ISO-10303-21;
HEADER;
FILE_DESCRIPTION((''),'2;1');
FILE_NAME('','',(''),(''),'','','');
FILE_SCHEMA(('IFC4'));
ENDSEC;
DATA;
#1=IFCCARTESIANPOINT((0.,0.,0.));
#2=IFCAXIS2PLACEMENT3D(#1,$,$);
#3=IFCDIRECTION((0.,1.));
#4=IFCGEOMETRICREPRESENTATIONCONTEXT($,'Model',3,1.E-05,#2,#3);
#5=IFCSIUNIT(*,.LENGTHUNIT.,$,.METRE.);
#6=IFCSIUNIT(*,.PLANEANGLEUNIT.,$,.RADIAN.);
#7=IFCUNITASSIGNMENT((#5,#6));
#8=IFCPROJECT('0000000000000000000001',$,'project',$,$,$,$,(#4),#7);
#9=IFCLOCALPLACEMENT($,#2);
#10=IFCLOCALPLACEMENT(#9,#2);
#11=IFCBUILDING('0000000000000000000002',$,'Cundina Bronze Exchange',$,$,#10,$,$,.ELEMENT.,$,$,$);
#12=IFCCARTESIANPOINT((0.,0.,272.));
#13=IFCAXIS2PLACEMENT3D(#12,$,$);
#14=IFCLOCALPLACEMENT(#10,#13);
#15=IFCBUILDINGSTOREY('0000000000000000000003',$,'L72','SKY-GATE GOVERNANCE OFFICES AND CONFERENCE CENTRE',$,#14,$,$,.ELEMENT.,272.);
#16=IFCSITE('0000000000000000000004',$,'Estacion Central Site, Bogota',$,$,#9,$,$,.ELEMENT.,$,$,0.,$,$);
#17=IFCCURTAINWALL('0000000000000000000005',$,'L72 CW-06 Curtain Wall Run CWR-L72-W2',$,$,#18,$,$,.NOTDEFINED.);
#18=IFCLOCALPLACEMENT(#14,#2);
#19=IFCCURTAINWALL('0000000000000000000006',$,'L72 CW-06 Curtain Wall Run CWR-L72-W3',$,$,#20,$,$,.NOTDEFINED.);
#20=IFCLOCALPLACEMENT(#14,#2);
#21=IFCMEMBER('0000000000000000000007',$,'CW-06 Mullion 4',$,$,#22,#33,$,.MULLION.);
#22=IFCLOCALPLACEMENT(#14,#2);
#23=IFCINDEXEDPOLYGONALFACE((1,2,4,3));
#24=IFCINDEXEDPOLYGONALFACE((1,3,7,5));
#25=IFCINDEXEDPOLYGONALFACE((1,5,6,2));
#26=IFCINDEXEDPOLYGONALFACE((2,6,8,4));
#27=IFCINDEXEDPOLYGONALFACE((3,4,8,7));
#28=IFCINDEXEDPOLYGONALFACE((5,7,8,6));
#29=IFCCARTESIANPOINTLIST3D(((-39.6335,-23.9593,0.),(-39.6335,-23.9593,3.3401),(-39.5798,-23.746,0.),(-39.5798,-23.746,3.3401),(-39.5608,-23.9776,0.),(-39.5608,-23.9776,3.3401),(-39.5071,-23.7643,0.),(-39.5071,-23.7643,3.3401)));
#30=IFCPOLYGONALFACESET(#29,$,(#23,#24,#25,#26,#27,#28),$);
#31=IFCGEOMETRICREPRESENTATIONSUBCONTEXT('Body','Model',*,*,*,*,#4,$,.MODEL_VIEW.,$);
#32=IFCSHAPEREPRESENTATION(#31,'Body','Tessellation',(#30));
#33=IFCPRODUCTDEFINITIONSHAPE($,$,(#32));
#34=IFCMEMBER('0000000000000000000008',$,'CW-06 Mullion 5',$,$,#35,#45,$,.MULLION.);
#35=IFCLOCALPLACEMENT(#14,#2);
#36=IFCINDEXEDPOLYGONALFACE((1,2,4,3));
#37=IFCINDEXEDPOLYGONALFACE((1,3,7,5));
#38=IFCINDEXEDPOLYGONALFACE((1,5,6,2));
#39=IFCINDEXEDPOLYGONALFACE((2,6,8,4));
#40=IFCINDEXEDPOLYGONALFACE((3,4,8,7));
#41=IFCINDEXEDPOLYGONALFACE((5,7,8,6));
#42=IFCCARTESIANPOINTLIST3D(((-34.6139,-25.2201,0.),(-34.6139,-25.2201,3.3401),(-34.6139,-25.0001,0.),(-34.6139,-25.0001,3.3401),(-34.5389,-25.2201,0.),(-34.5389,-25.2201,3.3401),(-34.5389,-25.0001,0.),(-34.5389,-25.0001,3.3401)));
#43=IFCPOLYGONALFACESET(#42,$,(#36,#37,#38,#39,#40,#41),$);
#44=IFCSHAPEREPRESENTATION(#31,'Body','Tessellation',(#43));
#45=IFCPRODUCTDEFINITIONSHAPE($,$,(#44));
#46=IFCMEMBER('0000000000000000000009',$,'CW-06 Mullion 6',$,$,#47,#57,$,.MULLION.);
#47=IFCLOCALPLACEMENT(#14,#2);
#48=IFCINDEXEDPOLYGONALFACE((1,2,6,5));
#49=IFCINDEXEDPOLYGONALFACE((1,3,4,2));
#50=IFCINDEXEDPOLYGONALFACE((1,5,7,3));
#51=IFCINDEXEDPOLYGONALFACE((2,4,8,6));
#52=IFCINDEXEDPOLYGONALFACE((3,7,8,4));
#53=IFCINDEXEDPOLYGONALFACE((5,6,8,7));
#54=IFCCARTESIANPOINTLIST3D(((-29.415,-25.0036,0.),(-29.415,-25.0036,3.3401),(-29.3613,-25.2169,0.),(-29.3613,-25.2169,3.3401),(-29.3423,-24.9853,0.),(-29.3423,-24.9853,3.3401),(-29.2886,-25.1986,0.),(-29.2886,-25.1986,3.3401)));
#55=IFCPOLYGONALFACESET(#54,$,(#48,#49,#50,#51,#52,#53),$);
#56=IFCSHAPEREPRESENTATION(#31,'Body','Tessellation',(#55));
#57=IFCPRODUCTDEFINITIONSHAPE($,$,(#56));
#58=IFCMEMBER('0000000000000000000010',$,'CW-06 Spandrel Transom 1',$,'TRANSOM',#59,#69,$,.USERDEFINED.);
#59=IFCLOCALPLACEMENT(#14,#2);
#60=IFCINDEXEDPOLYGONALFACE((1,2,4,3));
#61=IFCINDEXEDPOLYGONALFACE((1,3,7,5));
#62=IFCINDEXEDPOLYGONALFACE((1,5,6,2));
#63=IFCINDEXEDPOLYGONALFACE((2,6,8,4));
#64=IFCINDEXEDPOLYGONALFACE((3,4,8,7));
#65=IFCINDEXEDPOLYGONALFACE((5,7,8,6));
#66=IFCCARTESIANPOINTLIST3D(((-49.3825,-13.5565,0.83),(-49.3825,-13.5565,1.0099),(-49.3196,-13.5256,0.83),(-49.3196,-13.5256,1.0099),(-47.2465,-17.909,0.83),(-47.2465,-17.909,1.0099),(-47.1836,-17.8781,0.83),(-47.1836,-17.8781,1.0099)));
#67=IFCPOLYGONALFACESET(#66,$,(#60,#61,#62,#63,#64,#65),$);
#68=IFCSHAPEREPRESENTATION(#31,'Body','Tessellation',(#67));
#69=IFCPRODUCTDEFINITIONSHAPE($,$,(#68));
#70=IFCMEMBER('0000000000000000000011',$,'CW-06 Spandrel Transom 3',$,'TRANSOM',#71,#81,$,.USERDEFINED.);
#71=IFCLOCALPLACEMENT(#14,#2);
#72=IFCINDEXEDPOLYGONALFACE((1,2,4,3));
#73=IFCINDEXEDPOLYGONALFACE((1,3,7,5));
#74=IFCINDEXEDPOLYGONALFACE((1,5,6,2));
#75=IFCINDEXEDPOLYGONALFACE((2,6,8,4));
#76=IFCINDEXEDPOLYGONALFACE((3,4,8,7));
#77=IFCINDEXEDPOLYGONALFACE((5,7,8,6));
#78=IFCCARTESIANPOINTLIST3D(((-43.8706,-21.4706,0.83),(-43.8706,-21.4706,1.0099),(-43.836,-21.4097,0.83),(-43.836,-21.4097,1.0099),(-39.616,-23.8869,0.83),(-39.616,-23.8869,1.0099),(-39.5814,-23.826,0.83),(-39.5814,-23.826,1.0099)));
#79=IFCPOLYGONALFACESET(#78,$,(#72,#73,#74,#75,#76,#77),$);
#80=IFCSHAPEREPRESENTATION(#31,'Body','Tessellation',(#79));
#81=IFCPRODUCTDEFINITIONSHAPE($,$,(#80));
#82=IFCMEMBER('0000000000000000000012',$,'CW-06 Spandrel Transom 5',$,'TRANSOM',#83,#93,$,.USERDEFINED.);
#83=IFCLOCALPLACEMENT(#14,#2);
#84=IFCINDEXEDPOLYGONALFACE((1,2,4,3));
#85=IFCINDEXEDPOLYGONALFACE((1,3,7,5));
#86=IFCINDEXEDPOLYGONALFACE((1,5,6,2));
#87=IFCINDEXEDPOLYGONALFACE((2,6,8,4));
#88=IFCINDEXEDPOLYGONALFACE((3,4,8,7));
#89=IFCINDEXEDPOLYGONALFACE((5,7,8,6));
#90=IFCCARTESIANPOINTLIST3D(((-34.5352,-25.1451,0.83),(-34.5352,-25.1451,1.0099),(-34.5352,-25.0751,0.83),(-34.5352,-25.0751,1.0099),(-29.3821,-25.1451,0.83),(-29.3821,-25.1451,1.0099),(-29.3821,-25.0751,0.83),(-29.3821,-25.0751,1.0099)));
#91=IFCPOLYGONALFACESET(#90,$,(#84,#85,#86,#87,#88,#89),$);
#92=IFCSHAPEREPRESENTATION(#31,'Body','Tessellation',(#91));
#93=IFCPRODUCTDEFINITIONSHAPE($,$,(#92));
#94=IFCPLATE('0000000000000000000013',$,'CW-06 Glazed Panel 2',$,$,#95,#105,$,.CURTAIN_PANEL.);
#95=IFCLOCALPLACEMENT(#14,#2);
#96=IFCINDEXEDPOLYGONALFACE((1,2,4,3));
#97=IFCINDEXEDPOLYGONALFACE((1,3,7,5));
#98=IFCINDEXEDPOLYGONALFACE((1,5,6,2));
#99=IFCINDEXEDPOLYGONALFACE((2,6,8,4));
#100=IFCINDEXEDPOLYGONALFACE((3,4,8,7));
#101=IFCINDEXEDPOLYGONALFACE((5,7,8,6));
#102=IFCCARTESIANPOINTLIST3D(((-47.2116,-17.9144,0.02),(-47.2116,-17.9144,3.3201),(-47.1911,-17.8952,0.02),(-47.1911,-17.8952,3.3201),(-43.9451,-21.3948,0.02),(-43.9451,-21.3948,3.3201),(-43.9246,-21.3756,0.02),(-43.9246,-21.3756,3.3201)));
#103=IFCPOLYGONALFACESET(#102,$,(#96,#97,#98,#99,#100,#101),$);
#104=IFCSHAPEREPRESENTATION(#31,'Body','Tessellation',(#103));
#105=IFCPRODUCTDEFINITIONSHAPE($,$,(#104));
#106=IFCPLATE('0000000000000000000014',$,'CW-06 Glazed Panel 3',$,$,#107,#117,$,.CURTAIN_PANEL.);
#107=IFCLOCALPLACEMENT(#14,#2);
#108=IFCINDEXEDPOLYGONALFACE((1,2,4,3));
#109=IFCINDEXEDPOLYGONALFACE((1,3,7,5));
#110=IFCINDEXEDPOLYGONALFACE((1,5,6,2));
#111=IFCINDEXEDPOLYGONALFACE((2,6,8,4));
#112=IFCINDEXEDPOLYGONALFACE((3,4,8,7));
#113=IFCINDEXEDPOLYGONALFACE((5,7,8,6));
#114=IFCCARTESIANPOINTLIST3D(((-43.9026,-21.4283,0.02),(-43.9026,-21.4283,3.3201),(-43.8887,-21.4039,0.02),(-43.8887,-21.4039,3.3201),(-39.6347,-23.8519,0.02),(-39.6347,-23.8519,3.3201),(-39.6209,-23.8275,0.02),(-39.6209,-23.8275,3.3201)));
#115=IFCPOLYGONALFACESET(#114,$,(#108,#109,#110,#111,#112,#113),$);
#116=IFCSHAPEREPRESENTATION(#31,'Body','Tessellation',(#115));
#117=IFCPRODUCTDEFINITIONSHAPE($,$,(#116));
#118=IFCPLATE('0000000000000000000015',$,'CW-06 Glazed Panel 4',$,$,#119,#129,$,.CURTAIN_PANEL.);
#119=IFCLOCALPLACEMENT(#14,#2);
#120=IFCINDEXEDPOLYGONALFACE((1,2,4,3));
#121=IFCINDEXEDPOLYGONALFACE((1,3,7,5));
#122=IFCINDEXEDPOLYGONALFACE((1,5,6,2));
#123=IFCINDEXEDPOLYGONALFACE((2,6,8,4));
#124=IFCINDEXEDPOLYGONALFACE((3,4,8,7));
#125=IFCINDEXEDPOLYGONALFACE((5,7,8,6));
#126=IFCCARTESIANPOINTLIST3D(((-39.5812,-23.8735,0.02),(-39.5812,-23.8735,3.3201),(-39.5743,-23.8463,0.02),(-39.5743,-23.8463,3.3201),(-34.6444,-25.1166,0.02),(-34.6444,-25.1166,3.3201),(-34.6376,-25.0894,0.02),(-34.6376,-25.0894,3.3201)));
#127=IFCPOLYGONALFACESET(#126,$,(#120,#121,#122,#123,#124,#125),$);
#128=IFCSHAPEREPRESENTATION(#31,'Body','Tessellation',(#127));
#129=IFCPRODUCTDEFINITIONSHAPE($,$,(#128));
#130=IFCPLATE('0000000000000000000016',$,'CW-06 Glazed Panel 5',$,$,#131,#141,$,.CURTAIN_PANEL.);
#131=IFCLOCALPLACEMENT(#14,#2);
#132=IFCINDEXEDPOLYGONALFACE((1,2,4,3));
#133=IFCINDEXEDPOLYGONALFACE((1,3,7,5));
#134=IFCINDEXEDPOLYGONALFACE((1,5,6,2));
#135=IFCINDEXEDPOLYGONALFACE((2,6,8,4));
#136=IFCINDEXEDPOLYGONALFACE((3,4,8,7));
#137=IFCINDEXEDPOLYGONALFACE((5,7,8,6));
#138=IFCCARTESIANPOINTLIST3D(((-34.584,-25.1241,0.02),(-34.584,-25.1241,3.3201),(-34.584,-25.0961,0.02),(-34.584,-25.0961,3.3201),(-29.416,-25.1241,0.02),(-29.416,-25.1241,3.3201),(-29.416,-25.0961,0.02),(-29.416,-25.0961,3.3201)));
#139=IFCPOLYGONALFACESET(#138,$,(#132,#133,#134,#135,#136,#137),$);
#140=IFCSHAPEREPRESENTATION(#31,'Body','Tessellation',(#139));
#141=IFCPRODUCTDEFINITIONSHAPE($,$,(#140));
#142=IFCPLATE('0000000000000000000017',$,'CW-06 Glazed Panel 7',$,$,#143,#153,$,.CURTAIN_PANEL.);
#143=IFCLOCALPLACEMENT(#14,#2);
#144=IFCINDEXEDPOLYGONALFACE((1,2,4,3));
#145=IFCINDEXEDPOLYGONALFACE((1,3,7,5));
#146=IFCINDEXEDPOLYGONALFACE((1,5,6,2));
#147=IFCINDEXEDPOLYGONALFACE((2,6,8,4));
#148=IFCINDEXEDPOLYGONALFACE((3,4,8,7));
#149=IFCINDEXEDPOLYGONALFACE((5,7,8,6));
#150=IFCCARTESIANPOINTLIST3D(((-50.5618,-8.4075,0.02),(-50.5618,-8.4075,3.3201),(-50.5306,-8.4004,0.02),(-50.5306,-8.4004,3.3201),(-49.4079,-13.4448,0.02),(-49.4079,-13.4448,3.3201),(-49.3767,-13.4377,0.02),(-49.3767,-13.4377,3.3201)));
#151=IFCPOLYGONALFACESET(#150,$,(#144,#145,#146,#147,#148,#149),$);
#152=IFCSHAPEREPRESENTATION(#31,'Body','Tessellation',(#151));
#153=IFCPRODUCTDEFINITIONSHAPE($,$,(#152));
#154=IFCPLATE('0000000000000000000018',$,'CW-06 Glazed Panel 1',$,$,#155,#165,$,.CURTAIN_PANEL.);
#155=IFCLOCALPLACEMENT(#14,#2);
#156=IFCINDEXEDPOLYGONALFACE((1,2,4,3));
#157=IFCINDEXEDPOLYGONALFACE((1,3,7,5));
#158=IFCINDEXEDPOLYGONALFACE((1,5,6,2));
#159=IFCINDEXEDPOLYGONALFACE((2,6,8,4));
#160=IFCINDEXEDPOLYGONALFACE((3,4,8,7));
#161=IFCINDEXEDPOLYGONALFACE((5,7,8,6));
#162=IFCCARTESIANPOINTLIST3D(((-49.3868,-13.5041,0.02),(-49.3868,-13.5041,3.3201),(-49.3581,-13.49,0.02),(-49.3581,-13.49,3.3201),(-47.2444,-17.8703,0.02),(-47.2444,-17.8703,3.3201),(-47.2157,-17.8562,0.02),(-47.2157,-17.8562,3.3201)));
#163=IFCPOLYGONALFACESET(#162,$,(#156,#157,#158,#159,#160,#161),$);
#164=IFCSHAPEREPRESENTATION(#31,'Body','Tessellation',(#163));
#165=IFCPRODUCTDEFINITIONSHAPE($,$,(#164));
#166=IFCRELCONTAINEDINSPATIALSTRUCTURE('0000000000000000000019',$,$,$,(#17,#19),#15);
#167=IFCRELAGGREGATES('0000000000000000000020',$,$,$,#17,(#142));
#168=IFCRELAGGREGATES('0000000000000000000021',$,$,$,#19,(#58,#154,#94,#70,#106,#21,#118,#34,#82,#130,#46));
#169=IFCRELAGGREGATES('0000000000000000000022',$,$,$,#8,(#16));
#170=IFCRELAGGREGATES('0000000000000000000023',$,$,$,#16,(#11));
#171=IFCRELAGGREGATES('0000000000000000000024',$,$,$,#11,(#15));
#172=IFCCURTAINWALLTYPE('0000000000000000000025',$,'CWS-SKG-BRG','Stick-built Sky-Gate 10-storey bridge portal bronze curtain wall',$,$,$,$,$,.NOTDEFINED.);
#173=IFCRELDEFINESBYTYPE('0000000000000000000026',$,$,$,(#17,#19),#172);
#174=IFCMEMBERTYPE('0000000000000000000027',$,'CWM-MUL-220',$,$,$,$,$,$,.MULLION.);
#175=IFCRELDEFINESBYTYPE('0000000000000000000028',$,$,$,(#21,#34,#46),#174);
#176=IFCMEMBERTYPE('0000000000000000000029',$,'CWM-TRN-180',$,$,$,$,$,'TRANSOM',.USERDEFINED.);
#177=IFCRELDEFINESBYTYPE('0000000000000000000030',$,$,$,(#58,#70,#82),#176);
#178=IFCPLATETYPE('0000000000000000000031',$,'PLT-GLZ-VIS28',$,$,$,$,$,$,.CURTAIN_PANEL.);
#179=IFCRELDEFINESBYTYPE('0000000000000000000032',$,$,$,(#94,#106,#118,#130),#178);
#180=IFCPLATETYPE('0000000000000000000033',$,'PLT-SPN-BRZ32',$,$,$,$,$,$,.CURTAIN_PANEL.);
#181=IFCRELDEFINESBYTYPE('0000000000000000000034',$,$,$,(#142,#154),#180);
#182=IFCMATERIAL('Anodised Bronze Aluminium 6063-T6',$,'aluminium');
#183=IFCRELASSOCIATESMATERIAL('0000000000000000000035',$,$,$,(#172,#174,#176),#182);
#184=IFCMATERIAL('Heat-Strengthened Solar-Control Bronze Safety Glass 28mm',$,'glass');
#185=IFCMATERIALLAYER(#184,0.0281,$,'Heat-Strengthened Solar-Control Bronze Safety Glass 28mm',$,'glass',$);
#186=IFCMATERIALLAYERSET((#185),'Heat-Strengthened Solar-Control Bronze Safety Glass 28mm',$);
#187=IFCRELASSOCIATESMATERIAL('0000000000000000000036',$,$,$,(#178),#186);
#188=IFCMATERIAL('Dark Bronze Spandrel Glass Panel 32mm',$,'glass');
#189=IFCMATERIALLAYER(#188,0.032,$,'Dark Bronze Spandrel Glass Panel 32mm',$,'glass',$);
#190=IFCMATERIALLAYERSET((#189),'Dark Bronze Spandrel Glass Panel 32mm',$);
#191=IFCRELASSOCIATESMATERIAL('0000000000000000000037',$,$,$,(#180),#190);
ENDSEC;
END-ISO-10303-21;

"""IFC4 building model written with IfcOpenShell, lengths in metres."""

from ifc_helpers import new_model, si_unit, direction, frame, origin, origin_2d, place, context, subcontext, project, spatial, rectangle, extrude, material, layer, layer_set, material_profile, profile_set, type_object, element, aggregate, save


model = new_model("IFC4")

# Units and contexts
model_context = context("Model", 3, precision=1e-05, world=origin(), true_north=direction((0.0, 1.0)))
body_context = subcontext(model_context, "Body", "Model", "MODEL_VIEW")
ifc_project = project(units=[si_unit("LENGTHUNIT", "METRE"), si_unit("PLANEANGLEUNIT", "RADIAN")], contexts=[model_context])

# Site, building, storey
site_placement = place(None, origin())
site = spatial("IfcSite", under=ifc_project, at=site_placement, Name="Estacion Central Site, Bogota", CompositionType="ELEMENT", RefElevation=0.0)
building_placement = place(site_placement, origin())
building = spatial("IfcBuilding", under=site, at=building_placement, Name="Cundina Bronze Exchange", CompositionType="ELEMENT")
storey_placement = place(building_placement, frame((0.0, 0.0, 272.0)))
storey = spatial("IfcBuildingStorey", under=building, at=storey_placement, Name="L72", Description="SKY-GATE GOVERNANCE OFFICES AND CONFERENCE CENTRE", CompositionType="ELEMENT", Elevation=272.0)

# Curtain wall
ifc_material_1 = material(Name="Anodised Bronze Aluminium 6063-T6", Category="aluminium")
curtain_wall_type = type_object("IfcCurtainWallType", Name="CWS-SKG-BRG", Description="Stick-built Sky-Gate 10-storey bridge portal bronze curtain wall", PredefinedType="NOTDEFINED", material=ifc_material_1)
curtain_wall_1_placement = place(storey_placement, origin())
curtain_wall_1 = element("IfcCurtainWall", 1, at=curtain_wall_1_placement, inside=storey, type_object=curtain_wall_type, Name="L72 CW-06 Curtain Wall Run CWR-L72-W2", PredefinedType="NOTDEFINED")
ifc_material_profile_1 = material_profile(ifc_material_1, rectangle(XDim=0.075, YDim=0.22, at=origin_2d()), Name="AL75X220", Category="aluminium")
ifc_profile_set_1 = profile_set([ifc_material_profile_1], Name="Anodised Bronze Aluminium 6063-T6")
member_type_1 = type_object("IfcMemberType", Name="CWM-MUL-220", PredefinedType="MULLION", material=ifc_profile_set_1)

# Curtain wall, members, plates
curtain_wall_2_placement = place(storey_placement, origin())
curtain_wall_2 = element("IfcCurtainWall", 2, at=curtain_wall_2_placement, inside=storey, type_object=curtain_wall_type, Name="L72 CW-06 Curtain Wall Run CWR-L72-W3", PredefinedType="NOTDEFINED")
member_1_placement = place(storey_placement, frame((-39.5703, -23.8618, 0.0), z_axis=(0.0, 0.0, 1.0), x_axis=(0.969744, -0.244123, 0.0)))
member_1 = element("IfcMember", 3, at=member_1_placement, type_object=member_type_1, Name="CW-06 Mullion 4", PredefinedType="MULLION", context=body_context, shape_type="SweptSolid", body=[
    extrude(rectangle(XDim=0.075, YDim=0.22, at=origin_2d()), origin(), (0.0, 0.0, 1.0), 3.3401),
])
member_2_placement = place(storey_placement, frame((-34.5764, -25.1101, 0.0), z_axis=(0.0, 0.0, 1.0), x_axis=(1.0, 0.0, 0.0)))
member_2 = element("IfcMember", 4, at=member_2_placement, type_object=member_type_1, Name="CW-06 Mullion 5", PredefinedType="MULLION", context=body_context, shape_type="SweptSolid", body=[
    extrude(rectangle(XDim=0.075, YDim=0.22, at=origin_2d()), origin(), (0.0, 0.0, 1.0), 3.3401),
])
member_3_placement = place(storey_placement, frame((-29.3518, -25.1011, 0.0), z_axis=(0.0, 0.0, 1.0), x_axis=(0.969744, 0.244123, 0.0)))
member_3 = element("IfcMember", 5, at=member_3_placement, type_object=member_type_1, Name="CW-06 Mullion 6", PredefinedType="MULLION", context=body_context, shape_type="SweptSolid", body=[
    extrude(rectangle(XDim=0.075, YDim=0.22, at=origin_2d()), origin(), (0.0, 0.0, 1.0), 3.3401),
])
ifc_material_profile_2 = material_profile(ifc_material_1, rectangle(XDim=0.0701, YDim=0.1799, at=origin_2d()), Name="AL70X180", Category="aluminium")
ifc_profile_set_2 = profile_set([ifc_material_profile_2], Name="Anodised Bronze Aluminium 6063-T6")
member_type_2 = type_object("IfcMemberType", Name="CWM-TRN-180", ElementType="TRANSOM", PredefinedType="USERDEFINED", material=ifc_profile_set_2)
member_4_placement = place(storey_placement, frame((-49.3511, -13.541, 0.9199), z_axis=(0.440554, -0.897726, 0.0), x_axis=(0.897726, 0.440554, 0.0)))
member_4 = element("IfcMember", 6, at=member_4_placement, type_object=member_type_2, Name="CW-06 Spandrel Transom 1", ObjectType="TRANSOM", PredefinedType="USERDEFINED", context=body_context, shape_type="SweptSolid", body=[
    extrude(rectangle(XDim=0.0701, YDim=0.1799, at=origin_2d()), origin(), (0.0, 0.0, 1.0), 4.8484),
])
member_5_placement = place(storey_placement, frame((-43.8533, -21.4402, 0.9199), z_axis=(0.869557, -0.493832, 0.0), x_axis=(0.493832, 0.869557, 0.0)))
member_5 = element("IfcMember", 7, at=member_5_placement, type_object=member_type_2, Name="CW-06 Spandrel Transom 3", ObjectType="TRANSOM", PredefinedType="USERDEFINED", context=body_context, shape_type="SweptSolid", body=[
    extrude(rectangle(XDim=0.0701, YDim=0.1799, at=origin_2d()), origin(), (0.0, 0.0, 1.0), 4.8928),
])
member_6_placement = place(storey_placement, frame((-34.5352, -25.1101, 0.9199), z_axis=(1.0, 0.0, 0.0), x_axis=(0.0, 1.0, 0.0)))
member_6 = element("IfcMember", 8, at=member_6_placement, type_object=member_type_2, Name="CW-06 Spandrel Transom 5", ObjectType="TRANSOM", PredefinedType="USERDEFINED", context=body_context, shape_type="SweptSolid", body=[
    extrude(rectangle(XDim=0.0701, YDim=0.1799, at=origin_2d()), origin(), (0.0, 0.0, 1.0), 5.1531),
])
ifc_material_2 = material(Name="Heat-Strengthened Solar-Control Bronze Safety Glass 28mm", Category="glass")
ifc_layer_1 = layer(ifc_material_2, 0.0281, Name="Heat-Strengthened Solar-Control Bronze Safety Glass 28mm", Category="glass")
ifc_layer_set_1 = layer_set([ifc_layer_1], Name="Heat-Strengthened Solar-Control Bronze Safety Glass 28mm")
plate_type_1 = type_object("IfcPlateType", Name="PLT-GLZ-VIS28", PredefinedType="CURTAIN_PANEL", material=ifc_layer_set_1)
plate_1_placement = place(storey_placement, frame((-45.5681, -19.645, 0.02), z_axis=(0.0, 0.0, 1.0), x_axis=(0.684344, -0.72916, 0.0)))
plate_1 = element("IfcPlate", 9, at=plate_1_placement, type_object=plate_type_1, Name="CW-06 Glazed Panel 2", PredefinedType="CURTAIN_PANEL", context=body_context, shape_type="SweptSolid", body=[
    extrude(rectangle(XDim=4.7732, YDim=0.0281, at=origin_2d()), origin(), (0.0, 0.0, 1.0), 3.3),
])
plate_2_placement = place(storey_placement, frame((-41.7617, -22.6279, 0.02), z_axis=(0.0, 0.0, 1.0), x_axis=(0.869573, -0.493805, 0.0)))
plate_2 = element("IfcPlate", 10, at=plate_2_placement, type_object=plate_type_1, Name="CW-06 Glazed Panel 3", PredefinedType="CURTAIN_PANEL", context=body_context, shape_type="SweptSolid", body=[
    extrude(rectangle(XDim=4.908, YDim=0.0281, at=origin_2d()), origin(), (0.0, 0.0, 1.0), 3.3),
])
plate_3_placement = place(storey_placement, frame((-37.1094, -24.4814, 0.02), z_axis=(0.0, 0.0, 1.0), x_axis=(0.969732, -0.244174, 0.0)))
plate_3 = element("IfcPlate", 11, at=plate_3_placement, type_object=plate_type_1, Name="CW-06 Glazed Panel 4", PredefinedType="CURTAIN_PANEL", context=body_context, shape_type="SweptSolid", body=[
    extrude(rectangle(XDim=5.0908, YDim=0.0281, at=origin_2d()), origin(), (0.0, 0.0, 1.0), 3.3),
])
plate_4_placement = place(storey_placement, frame((-32.0, -25.1101, 0.02), z_axis=(0.0, 0.0, 1.0), x_axis=(1.0, 0.0, 0.0)))
plate_4 = element("IfcPlate", 12, at=plate_4_placement, type_object=plate_type_1, Name="CW-06 Glazed Panel 5", PredefinedType="CURTAIN_PANEL", context=body_context, shape_type="SweptSolid", body=[
    extrude(rectangle(XDim=5.168, YDim=0.0281, at=origin_2d()), origin(), (0.0, 0.0, 1.0), 3.3),
])

# Plates
ifc_material_3 = material(Name="Dark Bronze Spandrel Glass Panel 32mm", Category="glass")
ifc_layer_2 = layer(ifc_material_3, 0.032, Name="Dark Bronze Spandrel Glass Panel 32mm", Category="glass")
ifc_layer_set_2 = layer_set([ifc_layer_2], Name="Dark Bronze Spandrel Glass Panel 32mm")
plate_type_2 = type_object("IfcPlateType", Name="PLT-SPN-BRZ32", PredefinedType="CURTAIN_PANEL", material=ifc_layer_set_2)
plate_5_placement = place(storey_placement, frame((-49.9692, -10.9226, 0.02), z_axis=(0.0, 0.0, 1.0), x_axis=(0.223284, -0.974753, 0.0)))
plate_5 = element("IfcPlate", 13, at=plate_5_placement, type_object=plate_type_2, Name="CW-06 Glazed Panel 7", PredefinedType="CURTAIN_PANEL", context=body_context, shape_type="SweptSolid", body=[
    extrude(rectangle(XDim=5.1677, YDim=0.032, at=origin_2d()), origin(), (0.0, 0.0, 1.0), 3.3),
])
aggregate(curtain_wall_1, [plate_5])
plate_6_placement = place(storey_placement, frame((-48.3013, -15.6802, 0.02), z_axis=(0.0, 0.0, 1.0), x_axis=(0.440503, -0.897751, 0.0)))
plate_6 = element("IfcPlate", 14, at=plate_6_placement, type_object=plate_type_2, Name="CW-06 Glazed Panel 1", PredefinedType="CURTAIN_PANEL", context=body_context, shape_type="SweptSolid", body=[
    extrude(rectangle(XDim=4.8635, YDim=0.032, at=origin_2d()), origin(), (0.0, 0.0, 1.0), 3.3),
])
aggregate(curtain_wall_2, [member_4, plate_6, plate_1, member_5, plate_2, member_1, plate_3, member_2, member_6, plate_4, member_3])

save(model, "model.ifc")
